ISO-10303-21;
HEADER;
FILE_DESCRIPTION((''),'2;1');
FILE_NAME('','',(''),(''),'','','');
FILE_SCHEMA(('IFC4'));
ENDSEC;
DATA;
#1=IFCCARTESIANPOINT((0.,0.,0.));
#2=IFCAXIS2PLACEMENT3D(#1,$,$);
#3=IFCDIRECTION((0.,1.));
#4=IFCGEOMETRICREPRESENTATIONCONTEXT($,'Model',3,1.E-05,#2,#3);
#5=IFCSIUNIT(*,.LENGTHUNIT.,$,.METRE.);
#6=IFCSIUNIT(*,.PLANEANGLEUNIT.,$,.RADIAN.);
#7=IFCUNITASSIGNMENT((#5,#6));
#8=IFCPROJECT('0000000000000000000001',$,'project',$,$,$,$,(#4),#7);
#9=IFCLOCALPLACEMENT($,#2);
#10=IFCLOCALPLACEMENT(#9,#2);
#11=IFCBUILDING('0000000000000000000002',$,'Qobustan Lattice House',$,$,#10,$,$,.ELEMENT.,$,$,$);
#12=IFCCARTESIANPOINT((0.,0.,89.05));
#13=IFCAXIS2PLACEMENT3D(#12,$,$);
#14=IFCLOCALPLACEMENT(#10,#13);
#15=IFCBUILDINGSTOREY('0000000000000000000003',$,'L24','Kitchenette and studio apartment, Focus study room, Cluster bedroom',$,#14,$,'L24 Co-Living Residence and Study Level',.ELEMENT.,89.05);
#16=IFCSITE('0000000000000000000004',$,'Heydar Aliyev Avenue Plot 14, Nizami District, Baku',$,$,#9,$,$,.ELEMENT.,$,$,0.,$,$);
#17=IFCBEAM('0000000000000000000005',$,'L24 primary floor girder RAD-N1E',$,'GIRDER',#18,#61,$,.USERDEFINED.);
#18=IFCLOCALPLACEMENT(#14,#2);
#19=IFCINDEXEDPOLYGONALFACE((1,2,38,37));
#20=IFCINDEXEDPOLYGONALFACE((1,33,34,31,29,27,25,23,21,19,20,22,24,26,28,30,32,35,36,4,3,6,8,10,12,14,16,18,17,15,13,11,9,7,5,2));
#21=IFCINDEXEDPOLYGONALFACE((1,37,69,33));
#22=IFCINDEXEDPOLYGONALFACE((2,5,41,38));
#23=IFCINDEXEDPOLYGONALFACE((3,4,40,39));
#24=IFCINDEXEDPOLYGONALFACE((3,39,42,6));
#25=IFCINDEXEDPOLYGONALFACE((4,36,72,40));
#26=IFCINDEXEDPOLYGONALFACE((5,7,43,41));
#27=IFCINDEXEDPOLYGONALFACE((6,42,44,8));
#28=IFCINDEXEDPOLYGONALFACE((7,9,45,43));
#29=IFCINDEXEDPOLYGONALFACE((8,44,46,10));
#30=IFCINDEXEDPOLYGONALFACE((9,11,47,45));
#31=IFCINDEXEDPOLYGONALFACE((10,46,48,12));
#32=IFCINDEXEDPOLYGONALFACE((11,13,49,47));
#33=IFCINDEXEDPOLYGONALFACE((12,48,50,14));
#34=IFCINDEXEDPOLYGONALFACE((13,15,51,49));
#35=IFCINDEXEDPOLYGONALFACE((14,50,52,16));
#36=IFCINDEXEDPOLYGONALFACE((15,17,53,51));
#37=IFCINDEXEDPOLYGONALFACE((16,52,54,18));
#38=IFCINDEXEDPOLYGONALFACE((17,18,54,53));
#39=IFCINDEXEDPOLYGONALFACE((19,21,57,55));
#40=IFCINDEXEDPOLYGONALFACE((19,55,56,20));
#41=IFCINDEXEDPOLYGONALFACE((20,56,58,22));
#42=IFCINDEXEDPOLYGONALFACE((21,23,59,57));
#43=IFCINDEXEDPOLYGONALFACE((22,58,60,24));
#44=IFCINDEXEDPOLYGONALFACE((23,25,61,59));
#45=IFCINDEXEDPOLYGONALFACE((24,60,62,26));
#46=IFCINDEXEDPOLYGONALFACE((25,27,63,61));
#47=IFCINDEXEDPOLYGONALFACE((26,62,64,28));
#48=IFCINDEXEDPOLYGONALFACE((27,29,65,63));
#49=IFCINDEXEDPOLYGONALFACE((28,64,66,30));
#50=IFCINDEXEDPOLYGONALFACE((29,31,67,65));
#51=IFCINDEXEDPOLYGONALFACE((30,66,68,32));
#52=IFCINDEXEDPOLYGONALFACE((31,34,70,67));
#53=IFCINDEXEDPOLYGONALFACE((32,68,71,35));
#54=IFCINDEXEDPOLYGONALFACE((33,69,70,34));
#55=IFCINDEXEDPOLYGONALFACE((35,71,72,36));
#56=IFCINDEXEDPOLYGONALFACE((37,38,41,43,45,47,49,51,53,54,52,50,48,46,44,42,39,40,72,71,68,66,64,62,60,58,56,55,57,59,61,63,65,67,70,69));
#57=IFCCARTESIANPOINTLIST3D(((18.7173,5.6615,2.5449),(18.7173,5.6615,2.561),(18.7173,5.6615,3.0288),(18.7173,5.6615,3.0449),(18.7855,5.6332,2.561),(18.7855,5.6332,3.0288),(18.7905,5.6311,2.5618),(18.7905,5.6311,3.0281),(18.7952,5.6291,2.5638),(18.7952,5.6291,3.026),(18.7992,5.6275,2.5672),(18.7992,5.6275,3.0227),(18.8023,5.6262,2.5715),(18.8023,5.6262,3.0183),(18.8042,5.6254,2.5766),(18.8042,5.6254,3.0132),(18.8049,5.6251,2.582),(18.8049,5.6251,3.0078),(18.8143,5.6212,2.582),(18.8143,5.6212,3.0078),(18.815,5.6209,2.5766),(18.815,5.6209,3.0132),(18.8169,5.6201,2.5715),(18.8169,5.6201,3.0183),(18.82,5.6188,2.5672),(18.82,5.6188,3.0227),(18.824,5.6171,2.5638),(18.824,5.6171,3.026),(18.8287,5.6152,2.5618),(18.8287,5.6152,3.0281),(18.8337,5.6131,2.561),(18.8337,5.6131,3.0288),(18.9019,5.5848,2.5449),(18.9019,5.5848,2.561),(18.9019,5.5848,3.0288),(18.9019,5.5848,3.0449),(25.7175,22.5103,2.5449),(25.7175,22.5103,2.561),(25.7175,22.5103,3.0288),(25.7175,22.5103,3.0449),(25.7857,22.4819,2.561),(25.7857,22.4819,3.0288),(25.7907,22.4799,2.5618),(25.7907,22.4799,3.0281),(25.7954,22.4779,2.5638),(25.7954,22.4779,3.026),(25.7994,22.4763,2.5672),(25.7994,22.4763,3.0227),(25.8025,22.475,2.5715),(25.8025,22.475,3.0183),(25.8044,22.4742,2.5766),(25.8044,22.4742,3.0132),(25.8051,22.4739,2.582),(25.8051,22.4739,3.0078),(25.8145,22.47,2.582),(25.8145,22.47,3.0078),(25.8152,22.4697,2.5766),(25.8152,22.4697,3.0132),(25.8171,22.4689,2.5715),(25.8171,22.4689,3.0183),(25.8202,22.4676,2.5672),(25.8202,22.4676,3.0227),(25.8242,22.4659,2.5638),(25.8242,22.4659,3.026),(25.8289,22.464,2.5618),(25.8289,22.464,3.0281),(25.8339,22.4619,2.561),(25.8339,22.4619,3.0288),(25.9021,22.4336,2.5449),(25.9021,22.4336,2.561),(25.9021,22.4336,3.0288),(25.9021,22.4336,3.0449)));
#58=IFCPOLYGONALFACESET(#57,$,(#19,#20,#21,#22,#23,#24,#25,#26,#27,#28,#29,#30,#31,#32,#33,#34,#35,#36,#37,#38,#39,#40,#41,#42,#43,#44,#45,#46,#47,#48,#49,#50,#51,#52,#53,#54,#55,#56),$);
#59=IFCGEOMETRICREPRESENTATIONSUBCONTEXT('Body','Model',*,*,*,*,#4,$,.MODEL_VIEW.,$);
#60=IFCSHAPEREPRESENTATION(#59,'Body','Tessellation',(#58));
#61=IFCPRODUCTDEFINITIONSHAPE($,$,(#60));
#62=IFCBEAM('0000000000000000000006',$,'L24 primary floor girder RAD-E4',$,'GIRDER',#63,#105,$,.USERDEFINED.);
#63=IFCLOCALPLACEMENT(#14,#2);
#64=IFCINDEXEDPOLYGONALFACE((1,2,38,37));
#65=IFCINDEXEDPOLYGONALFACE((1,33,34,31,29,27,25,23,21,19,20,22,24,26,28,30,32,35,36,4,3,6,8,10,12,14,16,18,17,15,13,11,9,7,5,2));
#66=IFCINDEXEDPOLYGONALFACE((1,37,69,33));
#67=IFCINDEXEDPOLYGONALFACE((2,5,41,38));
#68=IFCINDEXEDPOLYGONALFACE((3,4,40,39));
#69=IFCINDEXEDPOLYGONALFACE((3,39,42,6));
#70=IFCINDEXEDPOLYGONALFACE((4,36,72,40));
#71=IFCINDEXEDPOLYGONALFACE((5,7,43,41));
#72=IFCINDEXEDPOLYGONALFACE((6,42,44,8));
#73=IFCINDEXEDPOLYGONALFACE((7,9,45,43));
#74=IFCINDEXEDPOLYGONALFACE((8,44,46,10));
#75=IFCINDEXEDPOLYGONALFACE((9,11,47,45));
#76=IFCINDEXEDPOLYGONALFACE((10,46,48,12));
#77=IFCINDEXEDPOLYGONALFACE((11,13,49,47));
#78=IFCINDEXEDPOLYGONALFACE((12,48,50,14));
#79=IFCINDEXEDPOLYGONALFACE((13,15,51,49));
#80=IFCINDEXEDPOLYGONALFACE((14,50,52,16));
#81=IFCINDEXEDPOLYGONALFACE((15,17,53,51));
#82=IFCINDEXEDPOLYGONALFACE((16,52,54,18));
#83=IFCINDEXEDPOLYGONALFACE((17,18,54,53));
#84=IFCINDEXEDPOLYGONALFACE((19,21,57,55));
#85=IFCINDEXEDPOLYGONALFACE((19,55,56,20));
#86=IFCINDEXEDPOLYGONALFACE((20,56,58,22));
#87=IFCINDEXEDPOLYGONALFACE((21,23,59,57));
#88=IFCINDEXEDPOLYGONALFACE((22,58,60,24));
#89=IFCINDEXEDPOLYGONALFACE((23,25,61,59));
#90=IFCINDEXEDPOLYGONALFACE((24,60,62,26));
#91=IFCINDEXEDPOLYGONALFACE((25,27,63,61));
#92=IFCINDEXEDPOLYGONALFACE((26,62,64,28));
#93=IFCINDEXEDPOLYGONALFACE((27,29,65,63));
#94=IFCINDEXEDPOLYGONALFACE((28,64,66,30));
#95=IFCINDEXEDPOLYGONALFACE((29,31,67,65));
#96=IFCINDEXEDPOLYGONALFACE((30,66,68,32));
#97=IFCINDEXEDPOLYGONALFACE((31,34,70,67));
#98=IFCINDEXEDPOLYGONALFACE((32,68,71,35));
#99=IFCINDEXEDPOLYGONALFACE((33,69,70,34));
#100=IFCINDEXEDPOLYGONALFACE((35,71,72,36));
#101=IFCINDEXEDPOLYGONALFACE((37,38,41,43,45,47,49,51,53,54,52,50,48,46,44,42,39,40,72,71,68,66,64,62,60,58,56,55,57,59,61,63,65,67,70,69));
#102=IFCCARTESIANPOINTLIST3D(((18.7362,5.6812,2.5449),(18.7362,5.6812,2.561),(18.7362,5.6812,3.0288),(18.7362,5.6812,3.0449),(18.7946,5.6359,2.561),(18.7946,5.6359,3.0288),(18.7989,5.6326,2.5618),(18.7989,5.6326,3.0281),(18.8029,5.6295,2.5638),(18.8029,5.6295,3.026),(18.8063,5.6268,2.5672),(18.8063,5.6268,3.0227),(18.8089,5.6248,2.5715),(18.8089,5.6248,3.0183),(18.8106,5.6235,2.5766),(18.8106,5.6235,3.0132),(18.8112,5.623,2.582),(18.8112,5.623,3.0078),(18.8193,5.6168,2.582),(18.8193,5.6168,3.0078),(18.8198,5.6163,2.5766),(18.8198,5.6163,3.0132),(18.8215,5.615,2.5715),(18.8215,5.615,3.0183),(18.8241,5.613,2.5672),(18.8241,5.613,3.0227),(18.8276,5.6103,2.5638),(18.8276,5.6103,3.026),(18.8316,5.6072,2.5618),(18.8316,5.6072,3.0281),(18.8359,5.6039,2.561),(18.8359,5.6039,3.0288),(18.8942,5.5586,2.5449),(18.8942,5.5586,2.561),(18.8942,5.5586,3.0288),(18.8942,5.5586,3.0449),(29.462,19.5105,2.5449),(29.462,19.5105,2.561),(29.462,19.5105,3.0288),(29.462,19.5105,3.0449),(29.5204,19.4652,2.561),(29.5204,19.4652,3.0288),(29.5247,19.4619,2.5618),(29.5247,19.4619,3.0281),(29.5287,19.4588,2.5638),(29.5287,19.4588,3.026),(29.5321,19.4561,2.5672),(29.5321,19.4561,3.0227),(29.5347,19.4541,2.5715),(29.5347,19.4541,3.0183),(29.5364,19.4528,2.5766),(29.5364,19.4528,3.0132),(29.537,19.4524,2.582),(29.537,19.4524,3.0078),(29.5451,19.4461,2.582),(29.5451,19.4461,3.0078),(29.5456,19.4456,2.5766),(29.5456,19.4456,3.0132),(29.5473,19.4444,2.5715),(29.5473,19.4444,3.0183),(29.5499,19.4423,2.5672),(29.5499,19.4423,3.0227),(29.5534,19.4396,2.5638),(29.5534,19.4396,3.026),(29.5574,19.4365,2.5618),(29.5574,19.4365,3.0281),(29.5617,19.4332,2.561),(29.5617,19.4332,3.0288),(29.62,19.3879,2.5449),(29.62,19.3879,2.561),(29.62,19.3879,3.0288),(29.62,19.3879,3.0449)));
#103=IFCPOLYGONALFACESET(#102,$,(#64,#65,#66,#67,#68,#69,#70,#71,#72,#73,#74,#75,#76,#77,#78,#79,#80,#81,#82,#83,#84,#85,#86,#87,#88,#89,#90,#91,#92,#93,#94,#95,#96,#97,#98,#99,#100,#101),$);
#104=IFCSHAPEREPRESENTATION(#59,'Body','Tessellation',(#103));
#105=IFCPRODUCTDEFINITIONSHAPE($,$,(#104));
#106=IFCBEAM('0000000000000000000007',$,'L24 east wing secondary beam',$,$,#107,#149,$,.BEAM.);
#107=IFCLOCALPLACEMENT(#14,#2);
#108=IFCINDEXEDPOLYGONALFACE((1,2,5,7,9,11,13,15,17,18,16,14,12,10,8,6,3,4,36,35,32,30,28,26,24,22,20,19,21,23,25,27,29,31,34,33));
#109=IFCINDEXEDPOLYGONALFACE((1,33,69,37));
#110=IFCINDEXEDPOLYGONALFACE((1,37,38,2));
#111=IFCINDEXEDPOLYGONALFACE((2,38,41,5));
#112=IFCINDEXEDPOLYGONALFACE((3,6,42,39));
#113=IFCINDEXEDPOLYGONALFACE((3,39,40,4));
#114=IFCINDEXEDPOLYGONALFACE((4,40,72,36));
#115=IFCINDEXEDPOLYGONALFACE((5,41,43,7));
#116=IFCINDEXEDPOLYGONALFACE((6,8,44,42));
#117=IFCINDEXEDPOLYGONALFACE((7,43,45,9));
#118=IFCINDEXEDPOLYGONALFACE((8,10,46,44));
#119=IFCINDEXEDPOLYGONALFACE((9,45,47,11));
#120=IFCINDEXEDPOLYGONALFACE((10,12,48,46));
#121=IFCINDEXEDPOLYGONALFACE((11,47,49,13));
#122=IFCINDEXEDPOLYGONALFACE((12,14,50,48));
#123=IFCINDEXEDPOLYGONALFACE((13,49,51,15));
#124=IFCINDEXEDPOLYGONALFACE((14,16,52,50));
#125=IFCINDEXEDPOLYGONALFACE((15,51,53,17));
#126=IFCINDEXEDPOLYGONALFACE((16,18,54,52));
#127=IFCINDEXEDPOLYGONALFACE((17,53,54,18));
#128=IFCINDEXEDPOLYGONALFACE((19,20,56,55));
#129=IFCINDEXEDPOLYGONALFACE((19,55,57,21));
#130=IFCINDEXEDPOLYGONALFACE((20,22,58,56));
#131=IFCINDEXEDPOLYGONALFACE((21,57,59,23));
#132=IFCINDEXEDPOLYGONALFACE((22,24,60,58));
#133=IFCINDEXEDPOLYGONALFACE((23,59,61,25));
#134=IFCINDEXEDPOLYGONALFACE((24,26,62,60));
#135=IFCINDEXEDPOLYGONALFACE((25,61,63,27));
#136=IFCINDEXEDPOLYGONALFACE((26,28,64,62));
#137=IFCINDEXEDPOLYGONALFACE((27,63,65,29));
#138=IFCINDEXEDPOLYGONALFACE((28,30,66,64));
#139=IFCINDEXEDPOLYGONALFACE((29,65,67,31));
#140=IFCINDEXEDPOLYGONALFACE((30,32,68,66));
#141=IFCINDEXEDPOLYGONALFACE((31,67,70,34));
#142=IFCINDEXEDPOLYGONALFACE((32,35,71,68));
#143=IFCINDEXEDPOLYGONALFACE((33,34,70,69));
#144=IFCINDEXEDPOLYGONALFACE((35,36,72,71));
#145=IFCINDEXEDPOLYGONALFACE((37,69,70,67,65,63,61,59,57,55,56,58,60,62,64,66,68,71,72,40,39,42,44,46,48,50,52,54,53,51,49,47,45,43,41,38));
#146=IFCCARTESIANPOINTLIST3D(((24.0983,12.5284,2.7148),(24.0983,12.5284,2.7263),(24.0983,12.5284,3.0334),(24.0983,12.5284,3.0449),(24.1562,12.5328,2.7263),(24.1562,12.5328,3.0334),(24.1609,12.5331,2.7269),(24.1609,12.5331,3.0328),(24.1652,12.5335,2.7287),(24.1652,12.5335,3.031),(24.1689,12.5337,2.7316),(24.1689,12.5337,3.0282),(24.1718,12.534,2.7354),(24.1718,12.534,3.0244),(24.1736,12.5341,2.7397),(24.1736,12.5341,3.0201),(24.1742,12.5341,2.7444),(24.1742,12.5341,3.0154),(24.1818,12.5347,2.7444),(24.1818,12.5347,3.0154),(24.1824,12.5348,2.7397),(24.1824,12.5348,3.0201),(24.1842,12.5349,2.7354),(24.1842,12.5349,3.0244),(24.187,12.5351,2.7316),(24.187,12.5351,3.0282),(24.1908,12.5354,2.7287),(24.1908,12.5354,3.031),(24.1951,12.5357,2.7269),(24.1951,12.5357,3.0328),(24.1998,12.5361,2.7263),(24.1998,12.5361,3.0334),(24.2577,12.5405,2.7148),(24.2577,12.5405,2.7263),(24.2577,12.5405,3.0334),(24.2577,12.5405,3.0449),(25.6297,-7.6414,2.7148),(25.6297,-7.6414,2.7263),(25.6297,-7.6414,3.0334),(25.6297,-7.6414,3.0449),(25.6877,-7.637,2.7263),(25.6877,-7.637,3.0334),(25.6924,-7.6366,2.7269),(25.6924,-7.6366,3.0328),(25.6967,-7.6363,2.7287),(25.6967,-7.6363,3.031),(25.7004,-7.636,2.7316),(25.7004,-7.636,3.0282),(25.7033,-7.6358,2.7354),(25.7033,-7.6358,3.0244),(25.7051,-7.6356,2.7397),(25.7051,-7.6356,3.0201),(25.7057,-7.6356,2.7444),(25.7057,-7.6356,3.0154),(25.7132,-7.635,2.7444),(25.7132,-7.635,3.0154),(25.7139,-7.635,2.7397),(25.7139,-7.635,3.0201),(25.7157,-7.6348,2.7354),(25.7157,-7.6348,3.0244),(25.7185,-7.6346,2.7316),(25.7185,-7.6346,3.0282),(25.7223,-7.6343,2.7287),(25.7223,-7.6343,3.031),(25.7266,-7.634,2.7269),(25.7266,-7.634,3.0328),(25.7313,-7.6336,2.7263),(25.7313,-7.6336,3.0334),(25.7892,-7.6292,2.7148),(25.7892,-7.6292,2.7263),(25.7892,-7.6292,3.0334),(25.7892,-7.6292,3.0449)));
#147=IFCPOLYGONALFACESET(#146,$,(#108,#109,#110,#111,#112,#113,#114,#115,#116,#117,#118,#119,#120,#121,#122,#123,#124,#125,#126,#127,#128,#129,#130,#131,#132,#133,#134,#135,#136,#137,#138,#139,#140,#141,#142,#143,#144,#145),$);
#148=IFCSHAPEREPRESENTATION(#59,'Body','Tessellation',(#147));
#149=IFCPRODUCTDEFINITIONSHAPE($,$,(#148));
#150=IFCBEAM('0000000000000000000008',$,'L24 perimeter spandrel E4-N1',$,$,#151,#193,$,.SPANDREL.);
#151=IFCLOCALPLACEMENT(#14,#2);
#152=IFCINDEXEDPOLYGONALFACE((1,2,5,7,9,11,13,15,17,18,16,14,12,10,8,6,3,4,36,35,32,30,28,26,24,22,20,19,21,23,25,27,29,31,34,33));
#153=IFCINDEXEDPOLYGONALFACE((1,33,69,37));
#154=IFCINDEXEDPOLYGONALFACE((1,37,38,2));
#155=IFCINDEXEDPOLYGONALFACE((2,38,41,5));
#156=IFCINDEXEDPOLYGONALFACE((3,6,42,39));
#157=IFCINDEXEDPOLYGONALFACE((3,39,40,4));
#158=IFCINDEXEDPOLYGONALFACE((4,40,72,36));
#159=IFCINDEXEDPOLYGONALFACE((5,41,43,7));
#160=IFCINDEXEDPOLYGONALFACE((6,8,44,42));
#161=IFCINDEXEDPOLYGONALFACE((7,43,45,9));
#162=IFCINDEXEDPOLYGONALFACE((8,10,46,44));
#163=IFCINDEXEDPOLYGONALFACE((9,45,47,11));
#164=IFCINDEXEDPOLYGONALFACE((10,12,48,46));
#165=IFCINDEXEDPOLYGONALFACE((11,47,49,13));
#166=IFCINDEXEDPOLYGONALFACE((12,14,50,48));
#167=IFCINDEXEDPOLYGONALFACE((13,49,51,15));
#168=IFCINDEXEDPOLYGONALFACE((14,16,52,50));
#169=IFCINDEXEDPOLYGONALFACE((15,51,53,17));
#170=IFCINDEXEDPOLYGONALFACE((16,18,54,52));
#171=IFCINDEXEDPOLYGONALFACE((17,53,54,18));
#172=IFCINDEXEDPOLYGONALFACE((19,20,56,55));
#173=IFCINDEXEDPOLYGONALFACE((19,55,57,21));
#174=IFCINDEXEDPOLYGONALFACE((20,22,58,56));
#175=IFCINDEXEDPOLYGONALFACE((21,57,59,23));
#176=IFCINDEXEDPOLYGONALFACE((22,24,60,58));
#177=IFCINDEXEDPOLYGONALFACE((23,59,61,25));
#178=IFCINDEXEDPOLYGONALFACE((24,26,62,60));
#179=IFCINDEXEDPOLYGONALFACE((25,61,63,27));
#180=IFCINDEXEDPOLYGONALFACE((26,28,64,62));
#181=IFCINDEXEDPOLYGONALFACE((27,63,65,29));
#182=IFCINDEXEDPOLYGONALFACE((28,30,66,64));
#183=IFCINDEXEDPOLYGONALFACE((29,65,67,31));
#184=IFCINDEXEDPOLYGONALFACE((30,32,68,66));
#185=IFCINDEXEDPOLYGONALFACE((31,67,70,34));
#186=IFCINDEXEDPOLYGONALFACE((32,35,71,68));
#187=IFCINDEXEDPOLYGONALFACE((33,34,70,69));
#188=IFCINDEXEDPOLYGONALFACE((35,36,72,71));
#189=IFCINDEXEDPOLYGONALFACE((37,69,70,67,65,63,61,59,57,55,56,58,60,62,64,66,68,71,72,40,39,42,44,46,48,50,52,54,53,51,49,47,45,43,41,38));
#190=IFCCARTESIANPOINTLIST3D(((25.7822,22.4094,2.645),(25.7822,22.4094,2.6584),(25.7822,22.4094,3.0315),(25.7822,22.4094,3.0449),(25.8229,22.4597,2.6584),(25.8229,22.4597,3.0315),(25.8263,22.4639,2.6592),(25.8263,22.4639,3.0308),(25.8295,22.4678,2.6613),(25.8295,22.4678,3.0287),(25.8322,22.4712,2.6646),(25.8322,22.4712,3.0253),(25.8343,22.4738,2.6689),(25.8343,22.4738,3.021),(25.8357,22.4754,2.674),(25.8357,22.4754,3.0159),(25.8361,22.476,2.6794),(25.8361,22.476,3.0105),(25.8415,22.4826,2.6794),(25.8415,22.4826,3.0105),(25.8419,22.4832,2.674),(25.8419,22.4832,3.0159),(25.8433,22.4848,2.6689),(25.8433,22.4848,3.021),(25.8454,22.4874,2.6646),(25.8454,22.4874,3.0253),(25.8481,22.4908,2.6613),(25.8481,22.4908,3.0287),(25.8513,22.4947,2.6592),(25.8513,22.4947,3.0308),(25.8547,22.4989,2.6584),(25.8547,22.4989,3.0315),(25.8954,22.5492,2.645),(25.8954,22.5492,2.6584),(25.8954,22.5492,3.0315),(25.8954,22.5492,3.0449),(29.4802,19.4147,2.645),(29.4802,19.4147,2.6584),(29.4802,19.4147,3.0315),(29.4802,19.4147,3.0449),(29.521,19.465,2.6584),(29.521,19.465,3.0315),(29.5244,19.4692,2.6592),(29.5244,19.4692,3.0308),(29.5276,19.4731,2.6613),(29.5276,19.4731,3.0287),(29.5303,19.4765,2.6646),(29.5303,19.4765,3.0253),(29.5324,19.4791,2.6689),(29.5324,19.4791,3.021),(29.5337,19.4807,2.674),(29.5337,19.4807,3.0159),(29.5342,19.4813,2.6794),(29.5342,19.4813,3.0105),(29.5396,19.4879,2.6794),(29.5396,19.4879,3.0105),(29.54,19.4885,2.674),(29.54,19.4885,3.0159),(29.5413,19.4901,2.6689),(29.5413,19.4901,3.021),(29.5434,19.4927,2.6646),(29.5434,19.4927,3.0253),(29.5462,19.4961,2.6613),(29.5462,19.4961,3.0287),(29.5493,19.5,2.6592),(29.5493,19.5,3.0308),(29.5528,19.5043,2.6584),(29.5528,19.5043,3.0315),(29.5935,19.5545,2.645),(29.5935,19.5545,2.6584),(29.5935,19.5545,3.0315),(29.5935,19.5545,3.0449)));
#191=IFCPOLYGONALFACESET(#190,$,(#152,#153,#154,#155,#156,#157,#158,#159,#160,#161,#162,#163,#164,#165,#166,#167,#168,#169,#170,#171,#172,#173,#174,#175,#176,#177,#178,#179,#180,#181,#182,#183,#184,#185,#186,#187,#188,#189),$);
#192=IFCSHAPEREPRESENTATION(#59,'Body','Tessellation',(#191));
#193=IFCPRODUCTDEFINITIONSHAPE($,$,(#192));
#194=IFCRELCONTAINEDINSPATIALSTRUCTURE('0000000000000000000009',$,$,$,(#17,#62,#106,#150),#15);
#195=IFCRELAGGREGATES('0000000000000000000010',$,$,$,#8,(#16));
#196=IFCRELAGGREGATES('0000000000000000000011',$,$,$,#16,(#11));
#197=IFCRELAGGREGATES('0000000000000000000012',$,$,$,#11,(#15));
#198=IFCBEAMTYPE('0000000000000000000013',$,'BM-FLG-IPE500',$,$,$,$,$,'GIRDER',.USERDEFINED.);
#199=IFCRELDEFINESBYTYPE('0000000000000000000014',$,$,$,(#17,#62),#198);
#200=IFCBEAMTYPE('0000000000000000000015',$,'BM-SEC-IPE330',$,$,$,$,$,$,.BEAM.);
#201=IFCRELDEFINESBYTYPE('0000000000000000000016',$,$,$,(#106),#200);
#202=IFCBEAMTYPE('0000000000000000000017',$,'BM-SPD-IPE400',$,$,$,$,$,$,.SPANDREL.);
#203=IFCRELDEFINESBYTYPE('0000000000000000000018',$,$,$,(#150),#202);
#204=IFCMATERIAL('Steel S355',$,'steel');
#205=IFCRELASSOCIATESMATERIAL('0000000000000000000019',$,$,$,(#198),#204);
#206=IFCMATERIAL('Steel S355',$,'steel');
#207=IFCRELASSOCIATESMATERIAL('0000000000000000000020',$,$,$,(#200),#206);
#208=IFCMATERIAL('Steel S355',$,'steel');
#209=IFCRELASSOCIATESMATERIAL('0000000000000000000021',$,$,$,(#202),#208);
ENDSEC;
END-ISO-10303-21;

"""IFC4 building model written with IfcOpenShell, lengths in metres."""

from ifc_helpers import new_model, si_unit, direction, frame, origin, origin_2d, place, context, subcontext, project, spatial, i_section, extrude, material, material_profile, profile_set, type_object, element, save


model = new_model("IFC4")

# Units and contexts
model_context = context("Model", 3, precision=1e-05, world=origin(), true_north=direction((0.0, 1.0)))
body_context = subcontext(model_context, "Body", "Model", "MODEL_VIEW")
ifc_project = project(units=[si_unit("LENGTHUNIT", "METRE"), si_unit("PLANEANGLEUNIT", "RADIAN")], contexts=[model_context])

# Site, building, storey
site_placement = place(None, origin())
site = spatial("IfcSite", under=ifc_project, at=site_placement, Name="Heydar Aliyev Avenue Plot 14, Nizami District, Baku", CompositionType="ELEMENT", RefElevation=0.0)
building_placement = place(site_placement, origin())
building = spatial("IfcBuilding", under=site, at=building_placement, Name="Qobustan Lattice House", CompositionType="ELEMENT")
storey_placement = place(building_placement, frame((0.0, 0.0, 89.05)))
storey = spatial("IfcBuildingStorey", under=building, at=storey_placement, Name="L24", Description="Kitchenette and studio apartment, Focus study room, Cluster bedroom", LongName="L24 Co-Living Residence and Study Level", CompositionType="ELEMENT", Elevation=89.05)

# Beams
ifc_material_1 = material(Name="Steel S355", Category="steel")
ifc_material_profile_1 = material_profile(ifc_material_1, i_section(OverallWidth=0.2, OverallDepth=0.5, WebThickness=0.0103, FlangeThickness=0.0161, FilletRadius=0.021, at=origin_2d()), Name="IPE500")
ifc_profile_set_1 = profile_set([ifc_material_profile_1], Name="Steel S355")
beam_type_1 = type_object("IfcBeamType", Name="BM-FLG-IPE500", ElementType="GIRDER", PredefinedType="USERDEFINED", material=ifc_profile_set_1)
beam_1_placement = place(storey_placement, frame((25.8098, 22.4719, 2.7949), z_axis=(-0.383676, -0.923468, 0.0), x_axis=(0.923468, -0.383676, 0.0)))
element("IfcBeam", 1, at=beam_1_placement, inside=storey, type_object=beam_type_1, Name="L24 primary floor girder RAD-N1E", ObjectType="GIRDER", PredefinedType="USERDEFINED", context=body_context, shape_type="SweptSolid", body=[
    extrude(i_section(OverallWidth=0.2, OverallDepth=0.5, WebThickness=0.0103, FlangeThickness=0.0161, FilletRadius=0.021, at=origin_2d()), origin(), (0.0, 0.0, 1.0), 18.2451),
])
beam_2_placement = place(storey_placement, frame((29.541, 19.4492, 2.7949), z_axis=(-0.61286, -0.790191, 0.0), x_axis=(0.790191, -0.61286, 0.0)))
element("IfcBeam", 2, at=beam_2_placement, inside=storey, type_object=beam_type_1, Name="L24 primary floor girder RAD-E4", ObjectType="GIRDER", PredefinedType="USERDEFINED", context=body_context, shape_type="SweptSolid", body=[
    extrude(i_section(OverallWidth=0.2, OverallDepth=0.5, WebThickness=0.0103, FlangeThickness=0.0161, FilletRadius=0.021, at=origin_2d()), origin(), (0.0, 0.0, 1.0), 17.5012),
])
ifc_material_2 = material(Name="Steel S355", Category="steel")
ifc_material_profile_2 = material_profile(ifc_material_2, i_section(OverallWidth=0.1599, OverallDepth=0.3301, WebThickness=0.0076, FlangeThickness=0.0115, FilletRadius=0.0181, at=origin_2d()), Name="IPE330")
ifc_profile_set_2 = profile_set([ifc_material_profile_2], Name="Steel S355")
beam_type_2 = type_object("IfcBeamType", Name="BM-SEC-IPE330", PredefinedType="BEAM", material=ifc_profile_set_2)
beam_3_placement = place(storey_placement, frame((24.178, 12.5344, 2.8799), z_axis=(0.075713, -0.99713, 0.0), x_axis=(0.99713, 0.075713, 0.0)))
element("IfcBeam", 3, at=beam_3_placement, inside=storey, type_object=beam_type_2, Name="L24 east wing secondary beam", PredefinedType="BEAM", context=body_context, shape_type="SweptSolid", body=[
    extrude(i_section(OverallWidth=0.1599, OverallDepth=0.3301, WebThickness=0.0076, FlangeThickness=0.0115, FilletRadius=0.0181, at=origin_2d()), origin(), (0.0, 0.0, 1.0), 20.2278),
])
ifc_material_3 = material(Name="Steel S355", Category="steel")
ifc_material_profile_3 = material_profile(ifc_material_3, i_section(OverallWidth=0.1799, OverallDepth=0.3999, WebThickness=0.0085, FlangeThickness=0.0134, FilletRadius=0.021, at=origin_2d()), Name="IPE400")
ifc_profile_set_3 = profile_set([ifc_material_profile_3], Name="Steel S355")
beam_type_3 = type_object("IfcBeamType", Name="BM-SPD-IPE400", PredefinedType="SPANDREL", material=ifc_profile_set_3)
beam_4_placement = place(storey_placement, frame((29.5369, 19.4846, 2.845), z_axis=(-0.777141, 0.629327, 0.0), x_axis=(-0.629327, -0.777141, 0.0)))
element("IfcBeam", 4, at=beam_4_placement, inside=storey, type_object=beam_type_3, Name="L24 perimeter spandrel E4-N1", PredefinedType="SPANDREL", context=body_context, shape_type="SweptSolid", body=[
    extrude(i_section(OverallWidth=0.1799, OverallDepth=0.3999, WebThickness=0.0085, FlangeThickness=0.0134, FilletRadius=0.021, at=origin_2d()), origin(), (0.0, 0.0, 1.0), 4.7585),
])

save(model, "model.ifc")
